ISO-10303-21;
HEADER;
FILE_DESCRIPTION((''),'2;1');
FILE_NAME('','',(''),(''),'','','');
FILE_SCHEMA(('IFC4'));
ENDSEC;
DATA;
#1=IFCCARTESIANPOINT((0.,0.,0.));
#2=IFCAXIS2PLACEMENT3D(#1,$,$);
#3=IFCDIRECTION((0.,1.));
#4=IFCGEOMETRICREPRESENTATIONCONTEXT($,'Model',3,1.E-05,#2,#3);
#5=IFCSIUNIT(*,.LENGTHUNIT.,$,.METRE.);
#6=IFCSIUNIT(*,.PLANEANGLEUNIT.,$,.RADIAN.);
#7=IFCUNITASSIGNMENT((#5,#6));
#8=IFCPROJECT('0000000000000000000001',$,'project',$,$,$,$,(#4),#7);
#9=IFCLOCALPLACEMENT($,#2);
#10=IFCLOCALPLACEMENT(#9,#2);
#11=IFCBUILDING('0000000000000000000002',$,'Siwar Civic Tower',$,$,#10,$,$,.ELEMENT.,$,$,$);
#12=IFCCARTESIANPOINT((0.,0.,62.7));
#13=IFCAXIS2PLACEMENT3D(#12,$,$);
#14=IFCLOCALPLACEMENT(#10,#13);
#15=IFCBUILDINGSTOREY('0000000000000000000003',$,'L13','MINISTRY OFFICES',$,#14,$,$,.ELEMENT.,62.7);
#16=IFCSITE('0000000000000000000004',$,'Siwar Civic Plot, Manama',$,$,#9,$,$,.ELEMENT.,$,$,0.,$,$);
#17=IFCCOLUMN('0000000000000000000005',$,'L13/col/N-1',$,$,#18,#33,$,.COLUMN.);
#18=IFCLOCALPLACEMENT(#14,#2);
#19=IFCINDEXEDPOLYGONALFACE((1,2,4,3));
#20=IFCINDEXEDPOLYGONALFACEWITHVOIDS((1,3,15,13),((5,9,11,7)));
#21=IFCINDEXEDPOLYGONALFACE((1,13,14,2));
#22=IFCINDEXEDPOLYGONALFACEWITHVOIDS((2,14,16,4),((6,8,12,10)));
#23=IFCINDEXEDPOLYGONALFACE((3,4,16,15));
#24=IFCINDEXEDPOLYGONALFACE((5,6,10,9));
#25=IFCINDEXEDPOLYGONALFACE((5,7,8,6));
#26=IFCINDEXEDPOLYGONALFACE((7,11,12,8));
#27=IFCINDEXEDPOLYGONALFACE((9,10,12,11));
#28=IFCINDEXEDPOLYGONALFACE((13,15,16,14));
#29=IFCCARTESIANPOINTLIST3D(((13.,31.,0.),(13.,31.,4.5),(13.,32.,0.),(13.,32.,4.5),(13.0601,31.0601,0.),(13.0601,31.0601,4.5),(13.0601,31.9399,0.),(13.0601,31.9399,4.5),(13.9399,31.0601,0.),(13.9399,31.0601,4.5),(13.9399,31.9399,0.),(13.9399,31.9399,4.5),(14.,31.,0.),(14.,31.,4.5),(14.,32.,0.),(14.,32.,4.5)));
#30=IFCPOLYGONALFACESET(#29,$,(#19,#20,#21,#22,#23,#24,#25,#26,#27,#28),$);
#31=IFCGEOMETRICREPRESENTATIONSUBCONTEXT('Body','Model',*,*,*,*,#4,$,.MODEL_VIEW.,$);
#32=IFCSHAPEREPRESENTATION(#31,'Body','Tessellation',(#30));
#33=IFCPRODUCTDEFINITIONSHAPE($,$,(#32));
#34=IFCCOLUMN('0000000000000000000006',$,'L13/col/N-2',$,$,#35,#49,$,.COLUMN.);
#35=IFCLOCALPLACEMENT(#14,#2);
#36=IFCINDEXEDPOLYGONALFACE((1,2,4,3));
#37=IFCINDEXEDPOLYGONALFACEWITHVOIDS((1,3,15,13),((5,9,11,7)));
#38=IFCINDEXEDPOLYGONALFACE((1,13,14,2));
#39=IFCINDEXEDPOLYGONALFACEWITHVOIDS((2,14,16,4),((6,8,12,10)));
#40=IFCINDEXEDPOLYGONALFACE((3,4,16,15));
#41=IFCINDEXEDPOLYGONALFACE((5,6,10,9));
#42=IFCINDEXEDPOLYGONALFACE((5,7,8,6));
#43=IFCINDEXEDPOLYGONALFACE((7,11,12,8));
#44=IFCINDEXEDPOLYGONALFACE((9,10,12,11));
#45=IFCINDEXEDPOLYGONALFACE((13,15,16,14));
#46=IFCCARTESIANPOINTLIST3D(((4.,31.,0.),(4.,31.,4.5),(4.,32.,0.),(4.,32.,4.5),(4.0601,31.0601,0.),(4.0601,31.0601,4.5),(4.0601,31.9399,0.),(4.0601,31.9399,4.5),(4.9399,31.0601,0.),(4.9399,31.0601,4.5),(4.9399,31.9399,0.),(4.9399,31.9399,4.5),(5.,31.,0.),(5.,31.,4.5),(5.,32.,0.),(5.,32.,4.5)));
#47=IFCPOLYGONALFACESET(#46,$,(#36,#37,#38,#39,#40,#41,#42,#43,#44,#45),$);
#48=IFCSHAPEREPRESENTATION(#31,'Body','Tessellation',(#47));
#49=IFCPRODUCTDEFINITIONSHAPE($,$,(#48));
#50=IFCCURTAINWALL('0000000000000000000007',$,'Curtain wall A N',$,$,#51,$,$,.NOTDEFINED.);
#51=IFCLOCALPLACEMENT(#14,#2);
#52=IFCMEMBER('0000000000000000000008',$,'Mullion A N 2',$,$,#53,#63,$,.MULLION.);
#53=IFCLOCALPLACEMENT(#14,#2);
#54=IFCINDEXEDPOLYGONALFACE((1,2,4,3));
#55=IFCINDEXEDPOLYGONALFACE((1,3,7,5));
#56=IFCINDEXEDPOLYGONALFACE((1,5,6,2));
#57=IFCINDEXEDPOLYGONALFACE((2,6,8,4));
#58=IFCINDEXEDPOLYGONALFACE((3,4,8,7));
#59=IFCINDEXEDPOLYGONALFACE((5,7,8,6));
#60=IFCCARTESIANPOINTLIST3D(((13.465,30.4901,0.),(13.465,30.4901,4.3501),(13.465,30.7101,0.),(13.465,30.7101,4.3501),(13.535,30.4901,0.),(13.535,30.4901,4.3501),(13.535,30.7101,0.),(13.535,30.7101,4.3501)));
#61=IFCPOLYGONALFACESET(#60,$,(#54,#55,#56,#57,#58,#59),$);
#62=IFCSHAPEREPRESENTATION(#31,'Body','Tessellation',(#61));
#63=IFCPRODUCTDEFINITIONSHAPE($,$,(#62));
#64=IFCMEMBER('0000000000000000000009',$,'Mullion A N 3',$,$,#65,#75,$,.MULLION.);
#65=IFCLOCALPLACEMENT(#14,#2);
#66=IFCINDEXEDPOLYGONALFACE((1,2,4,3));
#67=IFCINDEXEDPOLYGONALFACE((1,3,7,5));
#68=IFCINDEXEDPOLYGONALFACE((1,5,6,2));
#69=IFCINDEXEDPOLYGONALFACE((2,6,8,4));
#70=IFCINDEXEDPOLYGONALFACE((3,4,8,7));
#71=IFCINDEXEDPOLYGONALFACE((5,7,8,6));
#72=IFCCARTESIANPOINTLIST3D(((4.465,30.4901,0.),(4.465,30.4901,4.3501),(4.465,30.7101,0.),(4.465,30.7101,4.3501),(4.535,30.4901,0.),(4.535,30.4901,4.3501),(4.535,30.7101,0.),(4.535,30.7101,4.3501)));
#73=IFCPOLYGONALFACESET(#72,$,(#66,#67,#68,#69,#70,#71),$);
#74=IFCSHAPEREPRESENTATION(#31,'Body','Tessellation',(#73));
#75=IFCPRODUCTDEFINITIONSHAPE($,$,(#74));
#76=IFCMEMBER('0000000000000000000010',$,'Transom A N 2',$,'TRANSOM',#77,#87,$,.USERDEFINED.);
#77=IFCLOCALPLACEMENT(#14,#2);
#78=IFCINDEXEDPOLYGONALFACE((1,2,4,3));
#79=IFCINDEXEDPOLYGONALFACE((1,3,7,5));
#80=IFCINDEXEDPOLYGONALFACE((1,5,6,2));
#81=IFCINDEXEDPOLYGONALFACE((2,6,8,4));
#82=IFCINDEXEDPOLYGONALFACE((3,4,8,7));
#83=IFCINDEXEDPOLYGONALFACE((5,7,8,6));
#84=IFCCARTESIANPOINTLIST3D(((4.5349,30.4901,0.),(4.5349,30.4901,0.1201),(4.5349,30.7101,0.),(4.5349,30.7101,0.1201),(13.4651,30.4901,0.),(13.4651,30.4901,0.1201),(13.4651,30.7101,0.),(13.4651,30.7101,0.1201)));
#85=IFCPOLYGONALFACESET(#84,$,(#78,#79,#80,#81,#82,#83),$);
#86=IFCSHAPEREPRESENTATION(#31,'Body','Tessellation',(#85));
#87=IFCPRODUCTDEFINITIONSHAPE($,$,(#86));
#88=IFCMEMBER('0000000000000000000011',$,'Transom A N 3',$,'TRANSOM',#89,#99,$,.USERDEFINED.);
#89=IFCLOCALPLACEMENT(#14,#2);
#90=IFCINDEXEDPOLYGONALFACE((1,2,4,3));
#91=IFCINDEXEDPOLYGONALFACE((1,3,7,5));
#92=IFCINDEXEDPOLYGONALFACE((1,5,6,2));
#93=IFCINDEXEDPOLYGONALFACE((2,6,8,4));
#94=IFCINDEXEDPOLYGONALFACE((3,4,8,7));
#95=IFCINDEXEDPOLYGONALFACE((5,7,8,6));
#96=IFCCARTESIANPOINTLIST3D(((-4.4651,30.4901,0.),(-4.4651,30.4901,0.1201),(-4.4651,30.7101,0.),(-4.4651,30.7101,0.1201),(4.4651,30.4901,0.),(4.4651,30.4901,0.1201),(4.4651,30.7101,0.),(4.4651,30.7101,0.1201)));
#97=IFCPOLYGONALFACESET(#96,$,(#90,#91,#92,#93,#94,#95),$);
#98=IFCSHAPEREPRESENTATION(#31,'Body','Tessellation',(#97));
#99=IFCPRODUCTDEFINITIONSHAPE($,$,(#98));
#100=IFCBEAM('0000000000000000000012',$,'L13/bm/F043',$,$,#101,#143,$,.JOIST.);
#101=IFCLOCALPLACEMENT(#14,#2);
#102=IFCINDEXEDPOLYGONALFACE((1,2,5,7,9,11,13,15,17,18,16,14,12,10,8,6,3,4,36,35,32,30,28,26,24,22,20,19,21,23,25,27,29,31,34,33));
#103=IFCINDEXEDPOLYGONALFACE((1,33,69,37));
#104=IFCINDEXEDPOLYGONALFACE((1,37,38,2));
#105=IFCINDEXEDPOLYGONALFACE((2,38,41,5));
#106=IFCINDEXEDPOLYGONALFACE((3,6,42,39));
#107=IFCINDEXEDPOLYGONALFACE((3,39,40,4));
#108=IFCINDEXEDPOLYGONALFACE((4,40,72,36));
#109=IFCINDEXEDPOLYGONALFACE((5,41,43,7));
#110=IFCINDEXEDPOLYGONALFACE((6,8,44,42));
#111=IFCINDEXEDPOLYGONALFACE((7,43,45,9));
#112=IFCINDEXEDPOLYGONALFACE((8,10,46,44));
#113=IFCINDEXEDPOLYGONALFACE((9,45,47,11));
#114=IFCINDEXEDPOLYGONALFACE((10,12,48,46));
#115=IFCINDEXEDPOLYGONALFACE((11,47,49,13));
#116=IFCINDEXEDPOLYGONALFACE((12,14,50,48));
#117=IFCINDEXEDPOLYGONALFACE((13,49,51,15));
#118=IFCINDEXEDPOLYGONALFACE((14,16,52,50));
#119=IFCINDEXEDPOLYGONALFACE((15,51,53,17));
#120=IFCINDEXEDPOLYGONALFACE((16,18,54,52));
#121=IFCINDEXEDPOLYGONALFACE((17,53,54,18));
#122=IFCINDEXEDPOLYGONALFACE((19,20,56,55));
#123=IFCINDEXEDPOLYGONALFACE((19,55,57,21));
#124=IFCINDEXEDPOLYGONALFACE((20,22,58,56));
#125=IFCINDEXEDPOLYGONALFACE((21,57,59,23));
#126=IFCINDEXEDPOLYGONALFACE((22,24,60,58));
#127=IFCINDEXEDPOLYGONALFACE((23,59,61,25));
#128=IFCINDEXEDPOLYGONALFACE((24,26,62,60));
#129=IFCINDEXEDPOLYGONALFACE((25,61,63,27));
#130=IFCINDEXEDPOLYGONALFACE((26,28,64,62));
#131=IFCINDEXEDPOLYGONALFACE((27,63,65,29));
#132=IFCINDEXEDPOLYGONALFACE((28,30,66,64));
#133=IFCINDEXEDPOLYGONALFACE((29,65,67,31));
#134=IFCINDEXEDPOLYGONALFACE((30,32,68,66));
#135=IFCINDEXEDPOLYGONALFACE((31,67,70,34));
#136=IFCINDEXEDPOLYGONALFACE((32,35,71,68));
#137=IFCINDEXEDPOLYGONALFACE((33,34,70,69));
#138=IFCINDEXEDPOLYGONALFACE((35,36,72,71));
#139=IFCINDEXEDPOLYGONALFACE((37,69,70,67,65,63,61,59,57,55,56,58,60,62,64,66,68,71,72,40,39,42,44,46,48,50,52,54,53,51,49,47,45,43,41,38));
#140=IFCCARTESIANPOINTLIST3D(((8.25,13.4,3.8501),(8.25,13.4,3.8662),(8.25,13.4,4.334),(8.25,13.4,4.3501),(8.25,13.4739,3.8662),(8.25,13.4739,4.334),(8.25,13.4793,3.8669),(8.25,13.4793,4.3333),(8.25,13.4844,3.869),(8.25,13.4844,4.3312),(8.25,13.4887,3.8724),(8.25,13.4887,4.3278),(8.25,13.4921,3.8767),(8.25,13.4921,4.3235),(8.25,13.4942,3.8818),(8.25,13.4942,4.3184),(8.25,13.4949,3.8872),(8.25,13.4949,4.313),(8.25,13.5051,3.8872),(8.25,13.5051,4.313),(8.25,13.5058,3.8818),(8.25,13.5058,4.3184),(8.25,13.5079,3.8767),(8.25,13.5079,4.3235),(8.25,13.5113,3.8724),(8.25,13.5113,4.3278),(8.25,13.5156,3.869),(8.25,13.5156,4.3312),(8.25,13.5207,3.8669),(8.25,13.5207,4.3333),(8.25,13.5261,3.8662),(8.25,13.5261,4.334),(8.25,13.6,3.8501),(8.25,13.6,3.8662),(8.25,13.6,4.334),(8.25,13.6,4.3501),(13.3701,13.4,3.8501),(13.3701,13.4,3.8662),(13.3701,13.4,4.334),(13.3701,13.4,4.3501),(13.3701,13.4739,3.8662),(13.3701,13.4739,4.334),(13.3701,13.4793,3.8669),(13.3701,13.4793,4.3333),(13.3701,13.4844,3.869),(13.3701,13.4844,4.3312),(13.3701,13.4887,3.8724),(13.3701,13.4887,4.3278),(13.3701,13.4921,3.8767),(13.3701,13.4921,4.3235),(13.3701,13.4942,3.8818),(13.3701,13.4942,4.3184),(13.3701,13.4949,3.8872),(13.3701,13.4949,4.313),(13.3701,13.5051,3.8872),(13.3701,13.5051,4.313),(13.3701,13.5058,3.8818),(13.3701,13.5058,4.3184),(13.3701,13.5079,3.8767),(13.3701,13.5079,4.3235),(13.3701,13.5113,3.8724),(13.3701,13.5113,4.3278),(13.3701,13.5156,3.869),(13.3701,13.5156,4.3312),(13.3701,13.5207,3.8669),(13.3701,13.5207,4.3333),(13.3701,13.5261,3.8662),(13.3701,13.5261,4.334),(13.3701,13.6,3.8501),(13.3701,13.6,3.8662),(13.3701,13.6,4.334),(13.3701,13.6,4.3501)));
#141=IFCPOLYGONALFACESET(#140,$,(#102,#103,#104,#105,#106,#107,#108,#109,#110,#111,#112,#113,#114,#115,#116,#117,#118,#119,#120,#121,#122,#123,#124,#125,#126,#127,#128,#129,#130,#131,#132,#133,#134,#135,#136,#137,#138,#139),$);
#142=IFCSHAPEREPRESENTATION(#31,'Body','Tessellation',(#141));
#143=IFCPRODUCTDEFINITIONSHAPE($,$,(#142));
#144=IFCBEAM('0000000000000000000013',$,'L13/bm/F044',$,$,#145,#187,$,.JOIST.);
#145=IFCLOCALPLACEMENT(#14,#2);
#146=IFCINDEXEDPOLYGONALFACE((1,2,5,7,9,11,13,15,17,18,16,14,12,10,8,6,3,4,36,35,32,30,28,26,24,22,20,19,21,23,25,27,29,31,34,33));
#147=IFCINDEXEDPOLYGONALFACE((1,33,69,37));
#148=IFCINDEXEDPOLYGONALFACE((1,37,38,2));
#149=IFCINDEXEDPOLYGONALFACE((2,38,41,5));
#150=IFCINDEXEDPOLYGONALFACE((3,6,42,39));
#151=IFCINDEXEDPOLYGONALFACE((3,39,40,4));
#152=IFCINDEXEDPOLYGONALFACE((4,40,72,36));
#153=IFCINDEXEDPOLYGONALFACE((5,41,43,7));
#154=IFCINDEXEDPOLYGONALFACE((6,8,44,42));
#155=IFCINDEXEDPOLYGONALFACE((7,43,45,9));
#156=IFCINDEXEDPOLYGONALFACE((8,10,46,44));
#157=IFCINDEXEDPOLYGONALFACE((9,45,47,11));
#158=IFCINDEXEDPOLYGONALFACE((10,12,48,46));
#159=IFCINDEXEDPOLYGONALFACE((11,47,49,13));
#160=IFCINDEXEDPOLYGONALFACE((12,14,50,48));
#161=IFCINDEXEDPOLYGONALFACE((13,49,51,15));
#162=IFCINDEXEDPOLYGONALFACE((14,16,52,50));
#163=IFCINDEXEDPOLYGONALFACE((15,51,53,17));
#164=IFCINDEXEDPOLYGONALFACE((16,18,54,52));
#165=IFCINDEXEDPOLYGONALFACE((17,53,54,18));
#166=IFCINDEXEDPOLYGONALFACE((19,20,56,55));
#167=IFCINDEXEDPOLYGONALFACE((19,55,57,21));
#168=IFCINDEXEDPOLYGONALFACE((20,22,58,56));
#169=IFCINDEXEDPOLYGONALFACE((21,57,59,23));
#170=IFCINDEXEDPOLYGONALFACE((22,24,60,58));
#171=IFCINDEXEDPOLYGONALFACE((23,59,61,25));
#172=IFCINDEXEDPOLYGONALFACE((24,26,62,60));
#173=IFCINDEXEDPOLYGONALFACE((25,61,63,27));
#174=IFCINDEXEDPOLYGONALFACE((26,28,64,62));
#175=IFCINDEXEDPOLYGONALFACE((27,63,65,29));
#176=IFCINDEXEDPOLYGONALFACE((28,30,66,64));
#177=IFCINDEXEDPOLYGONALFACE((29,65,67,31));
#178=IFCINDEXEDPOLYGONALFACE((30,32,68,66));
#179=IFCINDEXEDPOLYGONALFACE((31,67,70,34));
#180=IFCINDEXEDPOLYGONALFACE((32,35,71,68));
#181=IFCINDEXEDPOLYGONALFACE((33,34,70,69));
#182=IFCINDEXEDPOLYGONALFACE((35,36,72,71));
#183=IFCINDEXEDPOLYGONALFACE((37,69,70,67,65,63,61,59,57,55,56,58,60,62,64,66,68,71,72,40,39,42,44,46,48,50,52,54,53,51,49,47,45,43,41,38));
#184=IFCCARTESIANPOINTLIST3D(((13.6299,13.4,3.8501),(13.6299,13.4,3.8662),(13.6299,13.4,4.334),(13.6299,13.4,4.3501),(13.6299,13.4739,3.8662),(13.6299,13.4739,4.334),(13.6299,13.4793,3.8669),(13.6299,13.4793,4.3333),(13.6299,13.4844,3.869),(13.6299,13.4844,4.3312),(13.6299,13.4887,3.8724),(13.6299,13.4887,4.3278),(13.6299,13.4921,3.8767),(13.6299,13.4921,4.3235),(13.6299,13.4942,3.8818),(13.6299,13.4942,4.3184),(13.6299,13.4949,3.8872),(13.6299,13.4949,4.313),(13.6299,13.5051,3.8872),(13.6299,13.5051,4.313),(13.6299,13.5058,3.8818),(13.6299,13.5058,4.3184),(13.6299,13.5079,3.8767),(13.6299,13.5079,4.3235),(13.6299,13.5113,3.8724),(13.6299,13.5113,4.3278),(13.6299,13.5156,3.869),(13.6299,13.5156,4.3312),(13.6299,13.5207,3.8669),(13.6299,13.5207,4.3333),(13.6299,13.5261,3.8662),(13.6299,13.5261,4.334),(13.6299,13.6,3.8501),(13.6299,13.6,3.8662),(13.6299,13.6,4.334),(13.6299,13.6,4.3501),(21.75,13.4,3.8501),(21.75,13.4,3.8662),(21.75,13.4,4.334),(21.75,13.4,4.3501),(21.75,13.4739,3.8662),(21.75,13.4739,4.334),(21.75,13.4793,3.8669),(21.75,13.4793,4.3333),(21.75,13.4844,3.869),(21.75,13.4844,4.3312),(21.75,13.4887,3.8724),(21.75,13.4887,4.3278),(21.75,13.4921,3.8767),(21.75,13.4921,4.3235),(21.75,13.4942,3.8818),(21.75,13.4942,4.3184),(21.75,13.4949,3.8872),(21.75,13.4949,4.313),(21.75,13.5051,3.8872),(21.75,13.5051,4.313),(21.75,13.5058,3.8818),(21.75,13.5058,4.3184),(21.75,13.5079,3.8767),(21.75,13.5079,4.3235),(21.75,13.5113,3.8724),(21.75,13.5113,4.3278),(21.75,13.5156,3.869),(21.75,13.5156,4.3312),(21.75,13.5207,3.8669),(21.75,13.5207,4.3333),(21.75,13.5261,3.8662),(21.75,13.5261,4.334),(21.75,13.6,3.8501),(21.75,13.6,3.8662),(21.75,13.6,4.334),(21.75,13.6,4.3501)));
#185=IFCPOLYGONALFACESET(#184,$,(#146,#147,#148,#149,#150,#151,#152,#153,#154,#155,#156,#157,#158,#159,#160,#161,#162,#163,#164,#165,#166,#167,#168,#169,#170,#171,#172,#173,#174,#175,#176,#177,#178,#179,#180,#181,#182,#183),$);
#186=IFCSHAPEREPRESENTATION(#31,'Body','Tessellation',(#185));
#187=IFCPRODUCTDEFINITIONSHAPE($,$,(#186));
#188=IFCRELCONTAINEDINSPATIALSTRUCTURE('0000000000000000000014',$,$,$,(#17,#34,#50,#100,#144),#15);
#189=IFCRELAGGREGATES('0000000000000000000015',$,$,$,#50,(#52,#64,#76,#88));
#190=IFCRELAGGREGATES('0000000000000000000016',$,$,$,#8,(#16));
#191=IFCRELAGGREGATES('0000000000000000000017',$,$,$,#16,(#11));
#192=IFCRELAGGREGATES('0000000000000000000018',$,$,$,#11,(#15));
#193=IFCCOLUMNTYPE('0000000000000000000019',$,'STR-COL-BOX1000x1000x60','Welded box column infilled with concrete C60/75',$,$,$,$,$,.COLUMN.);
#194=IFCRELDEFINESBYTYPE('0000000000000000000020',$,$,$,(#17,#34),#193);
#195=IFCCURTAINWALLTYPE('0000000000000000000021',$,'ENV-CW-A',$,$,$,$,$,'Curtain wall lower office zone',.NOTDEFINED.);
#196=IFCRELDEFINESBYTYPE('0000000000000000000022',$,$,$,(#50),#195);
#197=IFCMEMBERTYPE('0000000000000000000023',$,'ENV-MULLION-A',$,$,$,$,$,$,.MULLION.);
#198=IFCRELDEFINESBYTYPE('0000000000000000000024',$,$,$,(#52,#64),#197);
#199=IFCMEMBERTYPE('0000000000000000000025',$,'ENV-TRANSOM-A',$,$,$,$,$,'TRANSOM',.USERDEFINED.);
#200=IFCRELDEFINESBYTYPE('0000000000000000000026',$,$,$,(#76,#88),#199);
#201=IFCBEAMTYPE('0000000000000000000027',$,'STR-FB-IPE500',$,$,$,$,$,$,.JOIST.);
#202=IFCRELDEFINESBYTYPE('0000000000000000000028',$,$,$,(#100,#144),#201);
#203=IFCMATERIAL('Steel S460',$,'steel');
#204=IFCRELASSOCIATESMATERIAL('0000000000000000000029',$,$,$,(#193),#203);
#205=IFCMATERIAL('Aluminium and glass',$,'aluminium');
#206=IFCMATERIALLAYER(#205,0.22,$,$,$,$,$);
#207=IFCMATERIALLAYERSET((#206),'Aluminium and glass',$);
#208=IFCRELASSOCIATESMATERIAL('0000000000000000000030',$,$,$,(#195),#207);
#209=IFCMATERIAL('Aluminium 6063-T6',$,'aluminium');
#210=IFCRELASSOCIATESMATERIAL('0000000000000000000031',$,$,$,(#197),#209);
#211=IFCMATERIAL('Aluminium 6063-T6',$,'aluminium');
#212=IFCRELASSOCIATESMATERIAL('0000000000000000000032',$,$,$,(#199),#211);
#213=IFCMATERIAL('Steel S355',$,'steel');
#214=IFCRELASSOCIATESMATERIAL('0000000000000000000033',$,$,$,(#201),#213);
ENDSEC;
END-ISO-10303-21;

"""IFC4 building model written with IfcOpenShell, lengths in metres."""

from ifc_helpers import new_model, si_unit, direction, frame, origin, origin_2d, place, context, subcontext, project, spatial, rectangle, hollow_rectangle, i_section, extrude, material, layer, layer_set, material_profile, profile_set, type_object, element, aggregate, save


model = new_model("IFC4")

# Units and contexts
model_context = context("Model", 3, precision=1e-05, world=origin(), true_north=direction((0.0, 1.0)))
body_context = subcontext(model_context, "Body", "Model", "MODEL_VIEW")
ifc_project = project(units=[si_unit("LENGTHUNIT", "METRE"), si_unit("PLANEANGLEUNIT", "RADIAN")], contexts=[model_context])

# Site, building, storey
site_placement = place(None, origin())
site = spatial("IfcSite", under=ifc_project, at=site_placement, Name="Siwar Civic Plot, Manama", CompositionType="ELEMENT", RefElevation=0.0)
building_placement = place(site_placement, origin())
building = spatial("IfcBuilding", under=site, at=building_placement, Name="Siwar Civic Tower", CompositionType="ELEMENT")
storey_placement = place(building_placement, frame((0.0, 0.0, 62.7)))
storey = spatial("IfcBuildingStorey", under=building, at=storey_placement, Name="L13", Description="MINISTRY OFFICES", CompositionType="ELEMENT", Elevation=62.7)

# Columns
ifc_material_1 = material(Name="Steel S460", Category="steel")
ifc_material_profile_1 = material_profile(ifc_material_1, hollow_rectangle(XDim=1.0, YDim=1.0, WallThickness=0.0601, at=origin_2d()), Name="BOX1000x1000x60")
ifc_profile_set_1 = profile_set([ifc_material_profile_1], Name="Steel S460")
column_type = type_object("IfcColumnType", Name="STR-COL-BOX1000x1000x60", Description="Welded box column infilled with concrete C60/75", PredefinedType="COLUMN", material=ifc_profile_set_1)
for number, where, z_axis, x_axis, name in (
    (1, (13.5, 31.5, 0.0), (0.0, 0.0, 1.0), (1.0, 0.0, 0.0), "L13/col/N-1"),
    (2, (4.5, 31.5, 0.0), (0.0, 0.0, 1.0), (1.0, 0.0, 0.0), "L13/col/N-2"),
):
    element("IfcColumn", number, at=place(storey_placement, frame(where, z_axis=z_axis, x_axis=x_axis)), inside=storey, type_object=column_type, Name=name, PredefinedType="COLUMN", context=body_context, shape_type="SweptSolid", body=[
        extrude(hollow_rectangle(XDim=1.0, YDim=1.0, WallThickness=0.0601, at=origin_2d()), origin(), (0.0, 0.0, 1.0), 4.5),
    ])

# Curtain wall, members
ifc_material_2 = material(Name="Aluminium and glass", Category="aluminium")
ifc_layer_1 = layer(ifc_material_2, 0.22)
ifc_layer_set_1 = layer_set([ifc_layer_1], Name="Aluminium and glass")
curtain_wall_type = type_object("IfcCurtainWallType", Name="ENV-CW-A", ElementType="Curtain wall lower office zone", PredefinedType="NOTDEFINED", material=ifc_layer_set_1)
curtain_wall_placement = place(storey_placement, origin())
curtain_wall = element("IfcCurtainWall", 3, at=curtain_wall_placement, inside=storey, type_object=curtain_wall_type, Name="Curtain wall A N", PredefinedType="NOTDEFINED")
ifc_material_3 = material(Name="Aluminium 6063-T6", Category="aluminium")
ifc_material_profile_2 = material_profile(ifc_material_3, rectangle(XDim=0.22, YDim=0.0701, at=origin_2d()), Name="AL 220x70")
ifc_profile_set_2 = profile_set([ifc_material_profile_2], Name="Aluminium 6063-T6")
member_type_1 = type_object("IfcMemberType", Name="ENV-MULLION-A", PredefinedType="MULLION", material=ifc_profile_set_2)
member_1_placement = place(storey_placement, frame((13.5, 30.6001, 0.0), z_axis=(0.0, 0.0, 1.0), x_axis=(0.0, -1.0, 0.0)))
member_1 = element("IfcMember", 4, at=member_1_placement, type_object=member_type_1, Name="Mullion A N 2", PredefinedType="MULLION", context=body_context, shape_type="SweptSolid", body=[
    extrude(rectangle(XDim=0.22, YDim=0.0701, at=origin_2d()), origin(), (0.0, 0.0, 1.0), 4.3501),
])
member_2_placement = place(storey_placement, frame((4.5, 30.6001, 0.0), z_axis=(0.0, 0.0, 1.0), x_axis=(0.0, -1.0, 0.0)))
member_2 = element("IfcMember", 5, at=member_2_placement, type_object=member_type_1, Name="Mullion A N 3", PredefinedType="MULLION", context=body_context, shape_type="SweptSolid", body=[
    extrude(rectangle(XDim=0.22, YDim=0.0701, at=origin_2d()), origin(), (0.0, 0.0, 1.0), 4.3501),
])
ifc_material_4 = material(Name="Aluminium 6063-T6", Category="aluminium")
ifc_material_profile_3 = material_profile(ifc_material_4, rectangle(XDim=0.22, YDim=0.1201, at=origin_2d()), Name="AL 220x120")
ifc_profile_set_3 = profile_set([ifc_material_profile_3], Name="Aluminium 6063-T6")
member_type_2 = type_object("IfcMemberType", Name="ENV-TRANSOM-A", ElementType="TRANSOM", PredefinedType="USERDEFINED", material=ifc_profile_set_3)
member_3_placement = place(storey_placement, frame((13.4651, 30.6001, 0.0601), z_axis=(-1.0, 0.0, 0.0), x_axis=(0.0, -1.0, 0.0)))
member_3 = element("IfcMember", 6, at=member_3_placement, type_object=member_type_2, Name="Transom A N 2", ObjectType="TRANSOM", PredefinedType="USERDEFINED", context=body_context, shape_type="SweptSolid", body=[
    extrude(rectangle(XDim=0.22, YDim=0.1201, at=origin_2d()), origin(), (0.0, 0.0, 1.0), 8.9302),
])
member_4_placement = place(storey_placement, frame((4.4651, 30.6001, 0.0601), z_axis=(-1.0, 0.0, 0.0), x_axis=(0.0, -1.0, 0.0)))
member_4 = element("IfcMember", 7, at=member_4_placement, type_object=member_type_2, Name="Transom A N 3", ObjectType="TRANSOM", PredefinedType="USERDEFINED", context=body_context, shape_type="SweptSolid", body=[
    extrude(rectangle(XDim=0.22, YDim=0.1201, at=origin_2d()), origin(), (0.0, 0.0, 1.0), 8.9302),
])

# Beams
ifc_material_5 = material(Name="Steel S355", Category="steel")
ifc_material_profile_4 = material_profile(ifc_material_5, i_section(OverallWidth=0.2, OverallDepth=0.5, WebThickness=0.0103, FlangeThickness=0.0161, FilletRadius=0.021, at=origin_2d()), Name="IPE500")
ifc_profile_set_4 = profile_set([ifc_material_profile_4], Name="Steel S355")
beam_type_1 = type_object("IfcBeamType", Name="STR-FB-IPE500", PredefinedType="JOIST", material=ifc_profile_set_4)
beam_1_placement = place(storey_placement, frame((8.25, 13.5, 4.1001), z_axis=(1.0, 0.0, 0.0), x_axis=(0.0, 1.0, 0.0)))
element("IfcBeam", 8, at=beam_1_placement, inside=storey, type_object=beam_type_1, Name="L13/bm/F043", PredefinedType="JOIST", context=body_context, shape_type="SweptSolid", body=[
    extrude(i_section(OverallWidth=0.2, OverallDepth=0.5, WebThickness=0.0103, FlangeThickness=0.0161, FilletRadius=0.021, at=origin_2d()), origin(), (0.0, 0.0, 1.0), 5.1201),
])
beam_2_placement = place(storey_placement, frame((13.6299, 13.5, 4.1001), z_axis=(1.0, 0.0, 0.0), x_axis=(0.0, 1.0, 0.0)))
element("IfcBeam", 9, at=beam_2_placement, inside=storey, type_object=beam_type_1, Name="L13/bm/F044", PredefinedType="JOIST", context=body_context, shape_type="SweptSolid", body=[
    extrude(i_section(OverallWidth=0.2, OverallDepth=0.5, WebThickness=0.0103, FlangeThickness=0.0161, FilletRadius=0.021, at=origin_2d()), origin(), (0.0, 0.0, 1.0), 8.1201),
])

aggregate(curtain_wall, [member_1, member_2, member_3, member_4])

save(model, "model.ifc")
